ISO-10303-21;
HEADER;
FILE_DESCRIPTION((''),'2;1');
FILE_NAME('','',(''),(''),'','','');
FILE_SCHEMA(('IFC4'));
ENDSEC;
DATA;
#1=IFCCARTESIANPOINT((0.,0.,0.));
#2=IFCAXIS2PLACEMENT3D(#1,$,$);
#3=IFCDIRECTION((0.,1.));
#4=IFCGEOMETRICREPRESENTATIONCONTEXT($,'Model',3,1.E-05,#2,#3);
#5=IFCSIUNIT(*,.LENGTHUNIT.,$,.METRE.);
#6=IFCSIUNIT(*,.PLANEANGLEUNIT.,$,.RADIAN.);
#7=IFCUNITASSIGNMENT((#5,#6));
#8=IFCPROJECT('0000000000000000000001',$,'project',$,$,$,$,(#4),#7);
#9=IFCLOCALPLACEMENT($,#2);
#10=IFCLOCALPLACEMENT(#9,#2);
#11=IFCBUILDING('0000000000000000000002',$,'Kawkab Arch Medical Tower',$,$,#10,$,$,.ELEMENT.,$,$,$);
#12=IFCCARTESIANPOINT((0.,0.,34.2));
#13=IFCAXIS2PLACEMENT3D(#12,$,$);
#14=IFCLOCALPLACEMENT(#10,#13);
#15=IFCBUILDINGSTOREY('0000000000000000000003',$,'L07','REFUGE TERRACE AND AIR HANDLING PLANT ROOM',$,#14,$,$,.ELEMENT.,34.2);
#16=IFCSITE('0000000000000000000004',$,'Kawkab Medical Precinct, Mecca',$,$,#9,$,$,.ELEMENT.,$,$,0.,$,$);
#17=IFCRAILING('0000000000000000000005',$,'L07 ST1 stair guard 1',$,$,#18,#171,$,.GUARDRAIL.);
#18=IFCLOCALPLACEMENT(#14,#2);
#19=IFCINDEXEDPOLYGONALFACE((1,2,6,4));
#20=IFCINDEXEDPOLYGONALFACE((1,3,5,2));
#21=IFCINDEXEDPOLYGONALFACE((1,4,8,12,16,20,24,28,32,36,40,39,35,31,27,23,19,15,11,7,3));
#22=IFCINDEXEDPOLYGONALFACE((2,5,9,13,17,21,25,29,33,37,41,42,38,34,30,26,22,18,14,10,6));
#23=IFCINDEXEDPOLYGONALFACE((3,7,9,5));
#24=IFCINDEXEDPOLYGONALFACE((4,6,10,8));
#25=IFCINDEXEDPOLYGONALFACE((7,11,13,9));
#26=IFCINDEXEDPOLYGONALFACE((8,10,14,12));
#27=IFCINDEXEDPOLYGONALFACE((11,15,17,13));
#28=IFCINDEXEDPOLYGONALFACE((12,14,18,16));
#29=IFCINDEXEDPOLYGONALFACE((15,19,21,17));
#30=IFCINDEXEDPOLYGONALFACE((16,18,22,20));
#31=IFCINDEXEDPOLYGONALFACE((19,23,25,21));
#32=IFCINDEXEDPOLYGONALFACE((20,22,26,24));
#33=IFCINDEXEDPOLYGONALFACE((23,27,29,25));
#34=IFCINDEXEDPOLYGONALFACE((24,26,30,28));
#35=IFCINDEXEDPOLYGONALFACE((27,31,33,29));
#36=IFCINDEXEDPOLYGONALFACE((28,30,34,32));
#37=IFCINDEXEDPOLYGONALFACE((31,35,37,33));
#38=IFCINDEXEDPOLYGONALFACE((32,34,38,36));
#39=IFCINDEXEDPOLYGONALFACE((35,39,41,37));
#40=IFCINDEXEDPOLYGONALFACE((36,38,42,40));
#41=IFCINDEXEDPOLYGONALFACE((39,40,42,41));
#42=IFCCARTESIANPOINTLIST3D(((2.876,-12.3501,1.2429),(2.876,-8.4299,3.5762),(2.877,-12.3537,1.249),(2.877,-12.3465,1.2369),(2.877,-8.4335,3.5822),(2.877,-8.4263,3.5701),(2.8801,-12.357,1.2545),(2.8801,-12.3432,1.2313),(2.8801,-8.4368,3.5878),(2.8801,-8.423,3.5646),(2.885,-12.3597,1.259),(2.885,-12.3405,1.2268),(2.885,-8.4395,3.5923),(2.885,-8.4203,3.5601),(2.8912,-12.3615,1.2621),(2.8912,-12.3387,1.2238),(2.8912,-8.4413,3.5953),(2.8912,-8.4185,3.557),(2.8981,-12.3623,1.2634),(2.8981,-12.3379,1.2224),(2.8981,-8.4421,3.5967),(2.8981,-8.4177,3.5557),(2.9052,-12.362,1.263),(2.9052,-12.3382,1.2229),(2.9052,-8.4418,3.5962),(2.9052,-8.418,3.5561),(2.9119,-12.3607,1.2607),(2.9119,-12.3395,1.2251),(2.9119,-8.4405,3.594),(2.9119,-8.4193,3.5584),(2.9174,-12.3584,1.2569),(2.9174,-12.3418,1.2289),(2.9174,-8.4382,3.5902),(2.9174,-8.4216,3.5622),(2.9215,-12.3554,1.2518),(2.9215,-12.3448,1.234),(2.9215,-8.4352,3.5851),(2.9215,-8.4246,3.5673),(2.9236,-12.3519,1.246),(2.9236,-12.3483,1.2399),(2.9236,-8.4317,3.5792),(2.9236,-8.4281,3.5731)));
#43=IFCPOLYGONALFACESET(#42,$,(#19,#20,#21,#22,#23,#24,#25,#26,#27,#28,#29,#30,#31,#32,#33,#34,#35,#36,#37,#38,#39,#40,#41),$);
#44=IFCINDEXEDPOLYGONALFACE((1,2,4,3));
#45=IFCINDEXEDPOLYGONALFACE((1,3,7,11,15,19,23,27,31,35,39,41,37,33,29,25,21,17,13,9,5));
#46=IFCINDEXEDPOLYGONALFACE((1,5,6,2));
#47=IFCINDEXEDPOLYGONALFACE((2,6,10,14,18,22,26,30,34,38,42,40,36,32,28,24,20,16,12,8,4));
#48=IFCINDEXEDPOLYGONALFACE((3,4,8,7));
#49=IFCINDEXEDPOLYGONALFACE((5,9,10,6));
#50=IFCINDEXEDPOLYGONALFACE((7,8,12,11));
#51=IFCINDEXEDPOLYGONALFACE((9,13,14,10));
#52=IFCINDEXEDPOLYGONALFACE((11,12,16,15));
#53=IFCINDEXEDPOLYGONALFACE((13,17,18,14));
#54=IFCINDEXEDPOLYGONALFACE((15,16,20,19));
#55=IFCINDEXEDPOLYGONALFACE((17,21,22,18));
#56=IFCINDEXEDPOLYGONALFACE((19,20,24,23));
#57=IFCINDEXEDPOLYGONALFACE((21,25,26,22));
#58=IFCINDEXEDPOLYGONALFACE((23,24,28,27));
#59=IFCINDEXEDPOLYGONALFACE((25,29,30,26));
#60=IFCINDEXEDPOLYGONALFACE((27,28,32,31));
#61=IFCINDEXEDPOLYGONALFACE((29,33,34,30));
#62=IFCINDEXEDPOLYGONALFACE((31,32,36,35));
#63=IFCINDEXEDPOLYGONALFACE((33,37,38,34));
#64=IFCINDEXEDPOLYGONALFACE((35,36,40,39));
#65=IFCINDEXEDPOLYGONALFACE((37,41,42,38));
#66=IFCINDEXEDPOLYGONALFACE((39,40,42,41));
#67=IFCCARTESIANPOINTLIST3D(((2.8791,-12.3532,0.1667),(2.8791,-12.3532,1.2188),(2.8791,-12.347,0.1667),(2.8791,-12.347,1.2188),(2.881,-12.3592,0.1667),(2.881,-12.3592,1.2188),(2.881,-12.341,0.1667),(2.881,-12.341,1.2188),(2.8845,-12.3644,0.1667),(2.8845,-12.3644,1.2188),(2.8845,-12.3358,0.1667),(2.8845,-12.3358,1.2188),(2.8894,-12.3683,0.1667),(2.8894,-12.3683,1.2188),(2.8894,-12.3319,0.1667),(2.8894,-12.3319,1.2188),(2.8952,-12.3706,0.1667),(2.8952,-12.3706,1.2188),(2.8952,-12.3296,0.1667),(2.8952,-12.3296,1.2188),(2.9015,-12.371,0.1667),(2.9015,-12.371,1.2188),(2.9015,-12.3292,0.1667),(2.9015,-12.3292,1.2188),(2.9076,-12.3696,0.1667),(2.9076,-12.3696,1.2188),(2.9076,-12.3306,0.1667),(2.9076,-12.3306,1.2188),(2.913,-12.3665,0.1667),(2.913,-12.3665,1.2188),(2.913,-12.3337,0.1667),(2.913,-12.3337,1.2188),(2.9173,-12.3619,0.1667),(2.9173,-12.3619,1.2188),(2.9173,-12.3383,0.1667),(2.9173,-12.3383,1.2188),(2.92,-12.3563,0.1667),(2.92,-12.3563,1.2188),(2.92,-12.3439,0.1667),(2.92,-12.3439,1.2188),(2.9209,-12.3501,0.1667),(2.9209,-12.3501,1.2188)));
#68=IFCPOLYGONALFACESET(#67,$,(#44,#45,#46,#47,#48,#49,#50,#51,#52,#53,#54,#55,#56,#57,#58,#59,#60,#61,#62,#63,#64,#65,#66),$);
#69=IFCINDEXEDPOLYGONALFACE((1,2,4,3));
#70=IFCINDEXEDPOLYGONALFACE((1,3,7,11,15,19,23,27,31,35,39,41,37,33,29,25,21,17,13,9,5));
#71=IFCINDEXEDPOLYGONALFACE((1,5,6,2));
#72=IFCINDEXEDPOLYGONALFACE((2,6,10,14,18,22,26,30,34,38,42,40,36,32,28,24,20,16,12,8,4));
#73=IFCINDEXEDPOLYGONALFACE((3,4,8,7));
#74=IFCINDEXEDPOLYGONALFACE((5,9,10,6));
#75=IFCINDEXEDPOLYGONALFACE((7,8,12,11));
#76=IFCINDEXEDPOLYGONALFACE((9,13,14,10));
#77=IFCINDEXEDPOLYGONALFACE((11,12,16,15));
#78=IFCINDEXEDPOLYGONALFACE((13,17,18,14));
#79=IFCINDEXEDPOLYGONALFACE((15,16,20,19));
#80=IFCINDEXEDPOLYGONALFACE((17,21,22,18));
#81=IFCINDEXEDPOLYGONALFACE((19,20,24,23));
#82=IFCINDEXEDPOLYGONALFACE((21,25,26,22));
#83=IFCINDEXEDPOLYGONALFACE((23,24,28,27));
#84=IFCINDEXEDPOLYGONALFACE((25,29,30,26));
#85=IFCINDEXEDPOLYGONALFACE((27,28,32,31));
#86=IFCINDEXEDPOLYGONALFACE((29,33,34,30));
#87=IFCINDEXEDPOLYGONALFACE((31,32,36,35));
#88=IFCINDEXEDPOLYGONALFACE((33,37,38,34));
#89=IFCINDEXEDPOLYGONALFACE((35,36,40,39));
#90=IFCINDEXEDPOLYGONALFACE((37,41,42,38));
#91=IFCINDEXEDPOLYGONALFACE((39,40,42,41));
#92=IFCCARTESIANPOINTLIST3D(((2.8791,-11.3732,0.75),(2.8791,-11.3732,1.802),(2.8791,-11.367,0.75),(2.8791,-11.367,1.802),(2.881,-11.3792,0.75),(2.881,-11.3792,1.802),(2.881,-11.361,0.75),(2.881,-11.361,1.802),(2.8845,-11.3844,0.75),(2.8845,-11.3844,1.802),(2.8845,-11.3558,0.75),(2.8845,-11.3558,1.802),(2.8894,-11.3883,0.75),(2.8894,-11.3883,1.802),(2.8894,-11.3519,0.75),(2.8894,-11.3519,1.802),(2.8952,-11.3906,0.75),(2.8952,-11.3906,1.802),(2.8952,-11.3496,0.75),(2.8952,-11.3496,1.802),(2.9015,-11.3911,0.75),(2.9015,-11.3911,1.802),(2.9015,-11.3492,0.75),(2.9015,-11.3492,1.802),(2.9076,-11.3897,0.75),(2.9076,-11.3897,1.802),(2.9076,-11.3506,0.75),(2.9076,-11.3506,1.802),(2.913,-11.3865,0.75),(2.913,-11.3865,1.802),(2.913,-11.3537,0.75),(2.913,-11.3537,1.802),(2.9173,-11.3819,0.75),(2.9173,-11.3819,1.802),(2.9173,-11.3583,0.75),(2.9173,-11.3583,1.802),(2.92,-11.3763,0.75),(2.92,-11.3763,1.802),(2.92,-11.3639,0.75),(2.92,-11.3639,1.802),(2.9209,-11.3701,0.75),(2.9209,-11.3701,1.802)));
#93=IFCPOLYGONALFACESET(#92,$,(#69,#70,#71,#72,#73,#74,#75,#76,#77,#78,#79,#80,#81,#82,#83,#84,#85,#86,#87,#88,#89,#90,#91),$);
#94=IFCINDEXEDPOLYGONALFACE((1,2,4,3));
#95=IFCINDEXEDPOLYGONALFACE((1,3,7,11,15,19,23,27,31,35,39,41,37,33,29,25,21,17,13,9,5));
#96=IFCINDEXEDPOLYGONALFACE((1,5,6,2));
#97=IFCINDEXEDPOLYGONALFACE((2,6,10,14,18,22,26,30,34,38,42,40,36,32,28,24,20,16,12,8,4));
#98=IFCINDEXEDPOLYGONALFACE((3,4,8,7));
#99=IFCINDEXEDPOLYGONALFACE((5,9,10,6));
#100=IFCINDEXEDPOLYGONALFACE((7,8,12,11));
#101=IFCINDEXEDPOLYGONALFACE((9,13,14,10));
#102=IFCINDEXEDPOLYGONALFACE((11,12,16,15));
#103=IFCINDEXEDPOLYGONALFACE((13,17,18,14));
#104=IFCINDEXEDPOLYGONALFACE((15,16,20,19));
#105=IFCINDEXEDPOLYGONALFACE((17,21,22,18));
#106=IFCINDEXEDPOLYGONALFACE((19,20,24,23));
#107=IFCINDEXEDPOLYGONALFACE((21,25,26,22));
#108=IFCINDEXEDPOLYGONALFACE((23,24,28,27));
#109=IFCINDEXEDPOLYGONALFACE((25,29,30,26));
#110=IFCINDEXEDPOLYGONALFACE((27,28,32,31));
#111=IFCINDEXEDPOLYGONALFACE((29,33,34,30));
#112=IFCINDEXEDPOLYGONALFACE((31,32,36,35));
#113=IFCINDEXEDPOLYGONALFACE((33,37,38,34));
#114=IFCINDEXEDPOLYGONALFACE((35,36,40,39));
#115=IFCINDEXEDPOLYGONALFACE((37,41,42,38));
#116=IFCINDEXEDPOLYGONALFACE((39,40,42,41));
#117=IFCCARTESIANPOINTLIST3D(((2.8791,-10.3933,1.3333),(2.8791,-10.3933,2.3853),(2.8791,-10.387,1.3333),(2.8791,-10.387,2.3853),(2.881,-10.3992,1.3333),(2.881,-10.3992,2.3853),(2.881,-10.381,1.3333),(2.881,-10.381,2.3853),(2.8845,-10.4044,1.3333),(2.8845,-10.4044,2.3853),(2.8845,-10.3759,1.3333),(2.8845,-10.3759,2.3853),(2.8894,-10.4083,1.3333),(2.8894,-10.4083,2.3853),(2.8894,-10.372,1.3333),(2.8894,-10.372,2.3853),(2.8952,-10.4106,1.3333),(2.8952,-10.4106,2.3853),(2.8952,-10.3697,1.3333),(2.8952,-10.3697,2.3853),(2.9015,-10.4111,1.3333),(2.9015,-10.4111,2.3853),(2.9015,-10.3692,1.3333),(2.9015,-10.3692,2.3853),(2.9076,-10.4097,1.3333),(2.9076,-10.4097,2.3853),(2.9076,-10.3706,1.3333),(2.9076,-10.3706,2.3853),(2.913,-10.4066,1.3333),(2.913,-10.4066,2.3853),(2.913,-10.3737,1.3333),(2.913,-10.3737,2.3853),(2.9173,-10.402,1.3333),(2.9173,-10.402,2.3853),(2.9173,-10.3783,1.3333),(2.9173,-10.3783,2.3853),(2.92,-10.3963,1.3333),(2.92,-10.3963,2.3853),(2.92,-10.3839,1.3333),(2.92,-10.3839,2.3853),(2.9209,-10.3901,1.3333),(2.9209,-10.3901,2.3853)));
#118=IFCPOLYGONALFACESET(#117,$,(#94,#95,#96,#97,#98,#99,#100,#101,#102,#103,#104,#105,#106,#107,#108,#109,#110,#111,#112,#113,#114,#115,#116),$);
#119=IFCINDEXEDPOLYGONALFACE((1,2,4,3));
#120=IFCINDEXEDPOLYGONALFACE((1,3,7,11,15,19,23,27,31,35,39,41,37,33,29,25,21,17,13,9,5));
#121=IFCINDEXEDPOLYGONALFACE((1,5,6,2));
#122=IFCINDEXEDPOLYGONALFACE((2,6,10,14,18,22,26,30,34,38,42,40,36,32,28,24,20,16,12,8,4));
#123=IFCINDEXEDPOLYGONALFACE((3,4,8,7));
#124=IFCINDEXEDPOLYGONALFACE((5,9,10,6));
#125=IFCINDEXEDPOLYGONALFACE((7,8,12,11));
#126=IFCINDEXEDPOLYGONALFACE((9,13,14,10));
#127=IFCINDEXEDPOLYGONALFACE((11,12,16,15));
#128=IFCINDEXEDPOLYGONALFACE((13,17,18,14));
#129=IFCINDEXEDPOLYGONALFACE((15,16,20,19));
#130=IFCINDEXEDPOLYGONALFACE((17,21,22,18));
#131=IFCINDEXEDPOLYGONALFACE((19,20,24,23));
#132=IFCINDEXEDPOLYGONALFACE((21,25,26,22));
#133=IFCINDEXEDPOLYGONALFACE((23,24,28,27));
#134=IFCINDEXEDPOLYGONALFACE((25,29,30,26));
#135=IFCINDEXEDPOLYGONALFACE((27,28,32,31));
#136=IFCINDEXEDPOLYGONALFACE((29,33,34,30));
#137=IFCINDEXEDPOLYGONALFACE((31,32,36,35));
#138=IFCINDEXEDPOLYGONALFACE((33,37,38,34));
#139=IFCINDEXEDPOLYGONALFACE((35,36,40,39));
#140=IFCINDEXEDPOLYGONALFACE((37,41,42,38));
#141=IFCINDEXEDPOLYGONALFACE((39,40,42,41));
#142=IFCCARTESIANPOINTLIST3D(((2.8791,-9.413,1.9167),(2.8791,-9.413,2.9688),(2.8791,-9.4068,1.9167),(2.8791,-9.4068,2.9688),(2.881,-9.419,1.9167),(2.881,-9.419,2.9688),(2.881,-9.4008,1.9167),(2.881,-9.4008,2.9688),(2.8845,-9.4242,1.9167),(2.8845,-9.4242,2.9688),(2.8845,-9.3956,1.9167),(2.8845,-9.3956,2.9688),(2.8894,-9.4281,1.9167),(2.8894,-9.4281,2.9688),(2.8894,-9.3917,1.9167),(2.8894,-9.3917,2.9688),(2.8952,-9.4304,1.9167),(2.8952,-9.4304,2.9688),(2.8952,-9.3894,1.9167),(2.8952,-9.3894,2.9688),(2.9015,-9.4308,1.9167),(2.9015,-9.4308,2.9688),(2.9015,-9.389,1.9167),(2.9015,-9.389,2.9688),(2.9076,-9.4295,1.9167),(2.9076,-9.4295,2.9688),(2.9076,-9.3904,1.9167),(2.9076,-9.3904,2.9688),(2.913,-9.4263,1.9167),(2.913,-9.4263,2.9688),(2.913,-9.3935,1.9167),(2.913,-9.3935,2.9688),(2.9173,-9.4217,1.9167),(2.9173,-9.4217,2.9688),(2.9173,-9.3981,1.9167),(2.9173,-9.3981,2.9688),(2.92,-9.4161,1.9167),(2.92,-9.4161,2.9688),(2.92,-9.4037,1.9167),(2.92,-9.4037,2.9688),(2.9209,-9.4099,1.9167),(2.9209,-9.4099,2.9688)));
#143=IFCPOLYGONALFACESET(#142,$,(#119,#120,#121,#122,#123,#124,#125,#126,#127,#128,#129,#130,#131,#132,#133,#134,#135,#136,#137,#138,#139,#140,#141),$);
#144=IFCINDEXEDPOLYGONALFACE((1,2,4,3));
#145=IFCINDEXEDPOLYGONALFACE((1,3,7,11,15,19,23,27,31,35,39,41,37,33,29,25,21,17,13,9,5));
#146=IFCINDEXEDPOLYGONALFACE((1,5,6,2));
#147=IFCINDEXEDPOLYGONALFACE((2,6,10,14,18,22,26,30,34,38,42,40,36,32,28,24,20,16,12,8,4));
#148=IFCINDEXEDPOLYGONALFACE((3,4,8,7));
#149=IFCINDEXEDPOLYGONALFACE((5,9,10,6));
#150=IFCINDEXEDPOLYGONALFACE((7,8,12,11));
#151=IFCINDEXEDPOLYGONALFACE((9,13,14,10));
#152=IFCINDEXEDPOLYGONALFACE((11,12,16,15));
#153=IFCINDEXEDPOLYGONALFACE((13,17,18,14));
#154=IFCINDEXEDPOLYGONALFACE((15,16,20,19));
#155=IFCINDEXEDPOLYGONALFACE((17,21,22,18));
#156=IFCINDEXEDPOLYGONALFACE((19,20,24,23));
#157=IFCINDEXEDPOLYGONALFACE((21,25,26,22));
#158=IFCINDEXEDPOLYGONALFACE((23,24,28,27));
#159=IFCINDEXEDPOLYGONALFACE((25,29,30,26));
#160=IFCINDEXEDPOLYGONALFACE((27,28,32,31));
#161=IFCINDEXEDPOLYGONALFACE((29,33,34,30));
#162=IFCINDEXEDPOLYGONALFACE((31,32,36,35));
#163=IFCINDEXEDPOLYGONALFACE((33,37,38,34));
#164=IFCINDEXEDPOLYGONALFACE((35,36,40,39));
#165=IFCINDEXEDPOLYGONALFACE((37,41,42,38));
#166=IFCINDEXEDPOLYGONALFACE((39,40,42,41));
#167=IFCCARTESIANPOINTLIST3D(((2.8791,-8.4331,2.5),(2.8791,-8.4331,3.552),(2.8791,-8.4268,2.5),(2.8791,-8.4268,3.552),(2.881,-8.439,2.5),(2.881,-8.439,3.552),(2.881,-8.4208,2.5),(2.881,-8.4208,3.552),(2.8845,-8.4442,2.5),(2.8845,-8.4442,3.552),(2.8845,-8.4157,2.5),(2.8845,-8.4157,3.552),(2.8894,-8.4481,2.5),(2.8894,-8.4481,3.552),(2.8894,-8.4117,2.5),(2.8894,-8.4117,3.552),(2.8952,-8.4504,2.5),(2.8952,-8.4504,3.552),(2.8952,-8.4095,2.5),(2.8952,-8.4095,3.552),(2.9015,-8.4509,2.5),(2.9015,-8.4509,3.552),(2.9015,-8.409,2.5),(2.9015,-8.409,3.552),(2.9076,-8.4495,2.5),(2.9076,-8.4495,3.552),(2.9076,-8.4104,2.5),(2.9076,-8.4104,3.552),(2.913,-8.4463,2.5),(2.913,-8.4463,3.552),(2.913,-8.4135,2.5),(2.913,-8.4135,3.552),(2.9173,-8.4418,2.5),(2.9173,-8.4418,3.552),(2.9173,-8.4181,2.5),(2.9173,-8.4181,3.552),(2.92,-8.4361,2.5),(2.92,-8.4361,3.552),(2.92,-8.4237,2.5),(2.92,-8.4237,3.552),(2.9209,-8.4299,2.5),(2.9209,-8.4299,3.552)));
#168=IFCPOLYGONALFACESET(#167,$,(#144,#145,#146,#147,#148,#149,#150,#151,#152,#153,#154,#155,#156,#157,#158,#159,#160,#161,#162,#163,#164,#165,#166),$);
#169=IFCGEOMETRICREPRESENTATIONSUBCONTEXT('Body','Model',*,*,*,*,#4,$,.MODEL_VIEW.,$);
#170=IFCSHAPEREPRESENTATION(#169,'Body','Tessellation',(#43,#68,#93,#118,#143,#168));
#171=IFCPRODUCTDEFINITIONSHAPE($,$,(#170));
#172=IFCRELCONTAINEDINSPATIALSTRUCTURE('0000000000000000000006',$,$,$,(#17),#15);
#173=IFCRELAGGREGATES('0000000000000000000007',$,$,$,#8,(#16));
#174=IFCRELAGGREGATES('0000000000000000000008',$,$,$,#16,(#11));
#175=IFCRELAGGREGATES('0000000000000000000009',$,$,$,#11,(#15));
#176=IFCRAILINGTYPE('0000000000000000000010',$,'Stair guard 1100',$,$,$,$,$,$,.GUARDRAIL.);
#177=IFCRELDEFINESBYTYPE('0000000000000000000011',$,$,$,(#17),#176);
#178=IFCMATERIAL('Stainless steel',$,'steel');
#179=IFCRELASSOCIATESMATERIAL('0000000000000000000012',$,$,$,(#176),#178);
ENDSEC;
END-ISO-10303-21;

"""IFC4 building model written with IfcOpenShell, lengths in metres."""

from ifc_helpers import new_model, si_unit, direction, frame, origin, origin_2d, place, context, subcontext, project, spatial, circle, extrude, material, type_object, element, save


model = new_model("IFC4")

# Units and contexts
model_context = context("Model", 3, precision=1e-05, world=origin(), true_north=direction((0.0, 1.0)))
body_context = subcontext(model_context, "Body", "Model", "MODEL_VIEW")
ifc_project = project(units=[si_unit("LENGTHUNIT", "METRE"), si_unit("PLANEANGLEUNIT", "RADIAN")], contexts=[model_context])

# Site, building, storey
site_placement = place(None, origin())
site = spatial("IfcSite", under=ifc_project, at=site_placement, Name="Kawkab Medical Precinct, Mecca", CompositionType="ELEMENT", RefElevation=0.0)
building_placement = place(site_placement, origin())
building = spatial("IfcBuilding", under=site, at=building_placement, Name="Kawkab Arch Medical Tower", CompositionType="ELEMENT")
storey_placement = place(building_placement, frame((0.0, 0.0, 34.2)))
storey = spatial("IfcBuildingStorey", under=building, at=storey_placement, Name="L07", Description="REFUGE TERRACE AND AIR HANDLING PLANT ROOM", CompositionType="ELEMENT", Elevation=34.2)

# Railing
ifc_material_1 = material(Name="Stainless steel", Category="steel")
railing_type = type_object("IfcRailingType", Name="Stair guard 1100", PredefinedType="GUARDRAIL", material=ifc_material_1)
railing_1_placement = place(storey_placement, frame((2.8999, -12.3501, 0.1667)))
element("IfcRailing", 1, at=railing_1_placement, inside=storey, type_object=railing_type, Name="L07 ST1 stair guard 1", PredefinedType="GUARDRAIL", context=body_context, shape_type="SweptSolid", body=[
    extrude(circle(Radius=0.0239, at=origin_2d()), frame((0.0, 0.0, 1.0762), z_axis=(0.0, 0.85931, 0.511455), x_axis=(-1.0, 0.0, 0.0)), (0.0, 0.0, 1.0), 4.562),
    extrude(circle(Radius=0.021, at=origin_2d()), origin(), (0.0, 0.0, 1.0), 1.052),
    extrude(circle(Radius=0.021, at=origin_2d()), frame((0.0, 0.98, 0.5833)), (0.0, 0.0, 1.0), 1.052),
    extrude(circle(Radius=0.021, at=origin_2d()), frame((0.0, 1.96, 1.1665)), (0.0, 0.0, 1.0), 1.052),
    extrude(circle(Radius=0.021, at=origin_2d()), frame((0.0, 2.9402, 1.75)), (0.0, 0.0, 1.0), 1.052),
    extrude(circle(Radius=0.021, at=origin_2d()), frame((0.0, 3.9202, 2.3333)), (0.0, 0.0, 1.0), 1.052),
])

save(model, "model.ifc")
